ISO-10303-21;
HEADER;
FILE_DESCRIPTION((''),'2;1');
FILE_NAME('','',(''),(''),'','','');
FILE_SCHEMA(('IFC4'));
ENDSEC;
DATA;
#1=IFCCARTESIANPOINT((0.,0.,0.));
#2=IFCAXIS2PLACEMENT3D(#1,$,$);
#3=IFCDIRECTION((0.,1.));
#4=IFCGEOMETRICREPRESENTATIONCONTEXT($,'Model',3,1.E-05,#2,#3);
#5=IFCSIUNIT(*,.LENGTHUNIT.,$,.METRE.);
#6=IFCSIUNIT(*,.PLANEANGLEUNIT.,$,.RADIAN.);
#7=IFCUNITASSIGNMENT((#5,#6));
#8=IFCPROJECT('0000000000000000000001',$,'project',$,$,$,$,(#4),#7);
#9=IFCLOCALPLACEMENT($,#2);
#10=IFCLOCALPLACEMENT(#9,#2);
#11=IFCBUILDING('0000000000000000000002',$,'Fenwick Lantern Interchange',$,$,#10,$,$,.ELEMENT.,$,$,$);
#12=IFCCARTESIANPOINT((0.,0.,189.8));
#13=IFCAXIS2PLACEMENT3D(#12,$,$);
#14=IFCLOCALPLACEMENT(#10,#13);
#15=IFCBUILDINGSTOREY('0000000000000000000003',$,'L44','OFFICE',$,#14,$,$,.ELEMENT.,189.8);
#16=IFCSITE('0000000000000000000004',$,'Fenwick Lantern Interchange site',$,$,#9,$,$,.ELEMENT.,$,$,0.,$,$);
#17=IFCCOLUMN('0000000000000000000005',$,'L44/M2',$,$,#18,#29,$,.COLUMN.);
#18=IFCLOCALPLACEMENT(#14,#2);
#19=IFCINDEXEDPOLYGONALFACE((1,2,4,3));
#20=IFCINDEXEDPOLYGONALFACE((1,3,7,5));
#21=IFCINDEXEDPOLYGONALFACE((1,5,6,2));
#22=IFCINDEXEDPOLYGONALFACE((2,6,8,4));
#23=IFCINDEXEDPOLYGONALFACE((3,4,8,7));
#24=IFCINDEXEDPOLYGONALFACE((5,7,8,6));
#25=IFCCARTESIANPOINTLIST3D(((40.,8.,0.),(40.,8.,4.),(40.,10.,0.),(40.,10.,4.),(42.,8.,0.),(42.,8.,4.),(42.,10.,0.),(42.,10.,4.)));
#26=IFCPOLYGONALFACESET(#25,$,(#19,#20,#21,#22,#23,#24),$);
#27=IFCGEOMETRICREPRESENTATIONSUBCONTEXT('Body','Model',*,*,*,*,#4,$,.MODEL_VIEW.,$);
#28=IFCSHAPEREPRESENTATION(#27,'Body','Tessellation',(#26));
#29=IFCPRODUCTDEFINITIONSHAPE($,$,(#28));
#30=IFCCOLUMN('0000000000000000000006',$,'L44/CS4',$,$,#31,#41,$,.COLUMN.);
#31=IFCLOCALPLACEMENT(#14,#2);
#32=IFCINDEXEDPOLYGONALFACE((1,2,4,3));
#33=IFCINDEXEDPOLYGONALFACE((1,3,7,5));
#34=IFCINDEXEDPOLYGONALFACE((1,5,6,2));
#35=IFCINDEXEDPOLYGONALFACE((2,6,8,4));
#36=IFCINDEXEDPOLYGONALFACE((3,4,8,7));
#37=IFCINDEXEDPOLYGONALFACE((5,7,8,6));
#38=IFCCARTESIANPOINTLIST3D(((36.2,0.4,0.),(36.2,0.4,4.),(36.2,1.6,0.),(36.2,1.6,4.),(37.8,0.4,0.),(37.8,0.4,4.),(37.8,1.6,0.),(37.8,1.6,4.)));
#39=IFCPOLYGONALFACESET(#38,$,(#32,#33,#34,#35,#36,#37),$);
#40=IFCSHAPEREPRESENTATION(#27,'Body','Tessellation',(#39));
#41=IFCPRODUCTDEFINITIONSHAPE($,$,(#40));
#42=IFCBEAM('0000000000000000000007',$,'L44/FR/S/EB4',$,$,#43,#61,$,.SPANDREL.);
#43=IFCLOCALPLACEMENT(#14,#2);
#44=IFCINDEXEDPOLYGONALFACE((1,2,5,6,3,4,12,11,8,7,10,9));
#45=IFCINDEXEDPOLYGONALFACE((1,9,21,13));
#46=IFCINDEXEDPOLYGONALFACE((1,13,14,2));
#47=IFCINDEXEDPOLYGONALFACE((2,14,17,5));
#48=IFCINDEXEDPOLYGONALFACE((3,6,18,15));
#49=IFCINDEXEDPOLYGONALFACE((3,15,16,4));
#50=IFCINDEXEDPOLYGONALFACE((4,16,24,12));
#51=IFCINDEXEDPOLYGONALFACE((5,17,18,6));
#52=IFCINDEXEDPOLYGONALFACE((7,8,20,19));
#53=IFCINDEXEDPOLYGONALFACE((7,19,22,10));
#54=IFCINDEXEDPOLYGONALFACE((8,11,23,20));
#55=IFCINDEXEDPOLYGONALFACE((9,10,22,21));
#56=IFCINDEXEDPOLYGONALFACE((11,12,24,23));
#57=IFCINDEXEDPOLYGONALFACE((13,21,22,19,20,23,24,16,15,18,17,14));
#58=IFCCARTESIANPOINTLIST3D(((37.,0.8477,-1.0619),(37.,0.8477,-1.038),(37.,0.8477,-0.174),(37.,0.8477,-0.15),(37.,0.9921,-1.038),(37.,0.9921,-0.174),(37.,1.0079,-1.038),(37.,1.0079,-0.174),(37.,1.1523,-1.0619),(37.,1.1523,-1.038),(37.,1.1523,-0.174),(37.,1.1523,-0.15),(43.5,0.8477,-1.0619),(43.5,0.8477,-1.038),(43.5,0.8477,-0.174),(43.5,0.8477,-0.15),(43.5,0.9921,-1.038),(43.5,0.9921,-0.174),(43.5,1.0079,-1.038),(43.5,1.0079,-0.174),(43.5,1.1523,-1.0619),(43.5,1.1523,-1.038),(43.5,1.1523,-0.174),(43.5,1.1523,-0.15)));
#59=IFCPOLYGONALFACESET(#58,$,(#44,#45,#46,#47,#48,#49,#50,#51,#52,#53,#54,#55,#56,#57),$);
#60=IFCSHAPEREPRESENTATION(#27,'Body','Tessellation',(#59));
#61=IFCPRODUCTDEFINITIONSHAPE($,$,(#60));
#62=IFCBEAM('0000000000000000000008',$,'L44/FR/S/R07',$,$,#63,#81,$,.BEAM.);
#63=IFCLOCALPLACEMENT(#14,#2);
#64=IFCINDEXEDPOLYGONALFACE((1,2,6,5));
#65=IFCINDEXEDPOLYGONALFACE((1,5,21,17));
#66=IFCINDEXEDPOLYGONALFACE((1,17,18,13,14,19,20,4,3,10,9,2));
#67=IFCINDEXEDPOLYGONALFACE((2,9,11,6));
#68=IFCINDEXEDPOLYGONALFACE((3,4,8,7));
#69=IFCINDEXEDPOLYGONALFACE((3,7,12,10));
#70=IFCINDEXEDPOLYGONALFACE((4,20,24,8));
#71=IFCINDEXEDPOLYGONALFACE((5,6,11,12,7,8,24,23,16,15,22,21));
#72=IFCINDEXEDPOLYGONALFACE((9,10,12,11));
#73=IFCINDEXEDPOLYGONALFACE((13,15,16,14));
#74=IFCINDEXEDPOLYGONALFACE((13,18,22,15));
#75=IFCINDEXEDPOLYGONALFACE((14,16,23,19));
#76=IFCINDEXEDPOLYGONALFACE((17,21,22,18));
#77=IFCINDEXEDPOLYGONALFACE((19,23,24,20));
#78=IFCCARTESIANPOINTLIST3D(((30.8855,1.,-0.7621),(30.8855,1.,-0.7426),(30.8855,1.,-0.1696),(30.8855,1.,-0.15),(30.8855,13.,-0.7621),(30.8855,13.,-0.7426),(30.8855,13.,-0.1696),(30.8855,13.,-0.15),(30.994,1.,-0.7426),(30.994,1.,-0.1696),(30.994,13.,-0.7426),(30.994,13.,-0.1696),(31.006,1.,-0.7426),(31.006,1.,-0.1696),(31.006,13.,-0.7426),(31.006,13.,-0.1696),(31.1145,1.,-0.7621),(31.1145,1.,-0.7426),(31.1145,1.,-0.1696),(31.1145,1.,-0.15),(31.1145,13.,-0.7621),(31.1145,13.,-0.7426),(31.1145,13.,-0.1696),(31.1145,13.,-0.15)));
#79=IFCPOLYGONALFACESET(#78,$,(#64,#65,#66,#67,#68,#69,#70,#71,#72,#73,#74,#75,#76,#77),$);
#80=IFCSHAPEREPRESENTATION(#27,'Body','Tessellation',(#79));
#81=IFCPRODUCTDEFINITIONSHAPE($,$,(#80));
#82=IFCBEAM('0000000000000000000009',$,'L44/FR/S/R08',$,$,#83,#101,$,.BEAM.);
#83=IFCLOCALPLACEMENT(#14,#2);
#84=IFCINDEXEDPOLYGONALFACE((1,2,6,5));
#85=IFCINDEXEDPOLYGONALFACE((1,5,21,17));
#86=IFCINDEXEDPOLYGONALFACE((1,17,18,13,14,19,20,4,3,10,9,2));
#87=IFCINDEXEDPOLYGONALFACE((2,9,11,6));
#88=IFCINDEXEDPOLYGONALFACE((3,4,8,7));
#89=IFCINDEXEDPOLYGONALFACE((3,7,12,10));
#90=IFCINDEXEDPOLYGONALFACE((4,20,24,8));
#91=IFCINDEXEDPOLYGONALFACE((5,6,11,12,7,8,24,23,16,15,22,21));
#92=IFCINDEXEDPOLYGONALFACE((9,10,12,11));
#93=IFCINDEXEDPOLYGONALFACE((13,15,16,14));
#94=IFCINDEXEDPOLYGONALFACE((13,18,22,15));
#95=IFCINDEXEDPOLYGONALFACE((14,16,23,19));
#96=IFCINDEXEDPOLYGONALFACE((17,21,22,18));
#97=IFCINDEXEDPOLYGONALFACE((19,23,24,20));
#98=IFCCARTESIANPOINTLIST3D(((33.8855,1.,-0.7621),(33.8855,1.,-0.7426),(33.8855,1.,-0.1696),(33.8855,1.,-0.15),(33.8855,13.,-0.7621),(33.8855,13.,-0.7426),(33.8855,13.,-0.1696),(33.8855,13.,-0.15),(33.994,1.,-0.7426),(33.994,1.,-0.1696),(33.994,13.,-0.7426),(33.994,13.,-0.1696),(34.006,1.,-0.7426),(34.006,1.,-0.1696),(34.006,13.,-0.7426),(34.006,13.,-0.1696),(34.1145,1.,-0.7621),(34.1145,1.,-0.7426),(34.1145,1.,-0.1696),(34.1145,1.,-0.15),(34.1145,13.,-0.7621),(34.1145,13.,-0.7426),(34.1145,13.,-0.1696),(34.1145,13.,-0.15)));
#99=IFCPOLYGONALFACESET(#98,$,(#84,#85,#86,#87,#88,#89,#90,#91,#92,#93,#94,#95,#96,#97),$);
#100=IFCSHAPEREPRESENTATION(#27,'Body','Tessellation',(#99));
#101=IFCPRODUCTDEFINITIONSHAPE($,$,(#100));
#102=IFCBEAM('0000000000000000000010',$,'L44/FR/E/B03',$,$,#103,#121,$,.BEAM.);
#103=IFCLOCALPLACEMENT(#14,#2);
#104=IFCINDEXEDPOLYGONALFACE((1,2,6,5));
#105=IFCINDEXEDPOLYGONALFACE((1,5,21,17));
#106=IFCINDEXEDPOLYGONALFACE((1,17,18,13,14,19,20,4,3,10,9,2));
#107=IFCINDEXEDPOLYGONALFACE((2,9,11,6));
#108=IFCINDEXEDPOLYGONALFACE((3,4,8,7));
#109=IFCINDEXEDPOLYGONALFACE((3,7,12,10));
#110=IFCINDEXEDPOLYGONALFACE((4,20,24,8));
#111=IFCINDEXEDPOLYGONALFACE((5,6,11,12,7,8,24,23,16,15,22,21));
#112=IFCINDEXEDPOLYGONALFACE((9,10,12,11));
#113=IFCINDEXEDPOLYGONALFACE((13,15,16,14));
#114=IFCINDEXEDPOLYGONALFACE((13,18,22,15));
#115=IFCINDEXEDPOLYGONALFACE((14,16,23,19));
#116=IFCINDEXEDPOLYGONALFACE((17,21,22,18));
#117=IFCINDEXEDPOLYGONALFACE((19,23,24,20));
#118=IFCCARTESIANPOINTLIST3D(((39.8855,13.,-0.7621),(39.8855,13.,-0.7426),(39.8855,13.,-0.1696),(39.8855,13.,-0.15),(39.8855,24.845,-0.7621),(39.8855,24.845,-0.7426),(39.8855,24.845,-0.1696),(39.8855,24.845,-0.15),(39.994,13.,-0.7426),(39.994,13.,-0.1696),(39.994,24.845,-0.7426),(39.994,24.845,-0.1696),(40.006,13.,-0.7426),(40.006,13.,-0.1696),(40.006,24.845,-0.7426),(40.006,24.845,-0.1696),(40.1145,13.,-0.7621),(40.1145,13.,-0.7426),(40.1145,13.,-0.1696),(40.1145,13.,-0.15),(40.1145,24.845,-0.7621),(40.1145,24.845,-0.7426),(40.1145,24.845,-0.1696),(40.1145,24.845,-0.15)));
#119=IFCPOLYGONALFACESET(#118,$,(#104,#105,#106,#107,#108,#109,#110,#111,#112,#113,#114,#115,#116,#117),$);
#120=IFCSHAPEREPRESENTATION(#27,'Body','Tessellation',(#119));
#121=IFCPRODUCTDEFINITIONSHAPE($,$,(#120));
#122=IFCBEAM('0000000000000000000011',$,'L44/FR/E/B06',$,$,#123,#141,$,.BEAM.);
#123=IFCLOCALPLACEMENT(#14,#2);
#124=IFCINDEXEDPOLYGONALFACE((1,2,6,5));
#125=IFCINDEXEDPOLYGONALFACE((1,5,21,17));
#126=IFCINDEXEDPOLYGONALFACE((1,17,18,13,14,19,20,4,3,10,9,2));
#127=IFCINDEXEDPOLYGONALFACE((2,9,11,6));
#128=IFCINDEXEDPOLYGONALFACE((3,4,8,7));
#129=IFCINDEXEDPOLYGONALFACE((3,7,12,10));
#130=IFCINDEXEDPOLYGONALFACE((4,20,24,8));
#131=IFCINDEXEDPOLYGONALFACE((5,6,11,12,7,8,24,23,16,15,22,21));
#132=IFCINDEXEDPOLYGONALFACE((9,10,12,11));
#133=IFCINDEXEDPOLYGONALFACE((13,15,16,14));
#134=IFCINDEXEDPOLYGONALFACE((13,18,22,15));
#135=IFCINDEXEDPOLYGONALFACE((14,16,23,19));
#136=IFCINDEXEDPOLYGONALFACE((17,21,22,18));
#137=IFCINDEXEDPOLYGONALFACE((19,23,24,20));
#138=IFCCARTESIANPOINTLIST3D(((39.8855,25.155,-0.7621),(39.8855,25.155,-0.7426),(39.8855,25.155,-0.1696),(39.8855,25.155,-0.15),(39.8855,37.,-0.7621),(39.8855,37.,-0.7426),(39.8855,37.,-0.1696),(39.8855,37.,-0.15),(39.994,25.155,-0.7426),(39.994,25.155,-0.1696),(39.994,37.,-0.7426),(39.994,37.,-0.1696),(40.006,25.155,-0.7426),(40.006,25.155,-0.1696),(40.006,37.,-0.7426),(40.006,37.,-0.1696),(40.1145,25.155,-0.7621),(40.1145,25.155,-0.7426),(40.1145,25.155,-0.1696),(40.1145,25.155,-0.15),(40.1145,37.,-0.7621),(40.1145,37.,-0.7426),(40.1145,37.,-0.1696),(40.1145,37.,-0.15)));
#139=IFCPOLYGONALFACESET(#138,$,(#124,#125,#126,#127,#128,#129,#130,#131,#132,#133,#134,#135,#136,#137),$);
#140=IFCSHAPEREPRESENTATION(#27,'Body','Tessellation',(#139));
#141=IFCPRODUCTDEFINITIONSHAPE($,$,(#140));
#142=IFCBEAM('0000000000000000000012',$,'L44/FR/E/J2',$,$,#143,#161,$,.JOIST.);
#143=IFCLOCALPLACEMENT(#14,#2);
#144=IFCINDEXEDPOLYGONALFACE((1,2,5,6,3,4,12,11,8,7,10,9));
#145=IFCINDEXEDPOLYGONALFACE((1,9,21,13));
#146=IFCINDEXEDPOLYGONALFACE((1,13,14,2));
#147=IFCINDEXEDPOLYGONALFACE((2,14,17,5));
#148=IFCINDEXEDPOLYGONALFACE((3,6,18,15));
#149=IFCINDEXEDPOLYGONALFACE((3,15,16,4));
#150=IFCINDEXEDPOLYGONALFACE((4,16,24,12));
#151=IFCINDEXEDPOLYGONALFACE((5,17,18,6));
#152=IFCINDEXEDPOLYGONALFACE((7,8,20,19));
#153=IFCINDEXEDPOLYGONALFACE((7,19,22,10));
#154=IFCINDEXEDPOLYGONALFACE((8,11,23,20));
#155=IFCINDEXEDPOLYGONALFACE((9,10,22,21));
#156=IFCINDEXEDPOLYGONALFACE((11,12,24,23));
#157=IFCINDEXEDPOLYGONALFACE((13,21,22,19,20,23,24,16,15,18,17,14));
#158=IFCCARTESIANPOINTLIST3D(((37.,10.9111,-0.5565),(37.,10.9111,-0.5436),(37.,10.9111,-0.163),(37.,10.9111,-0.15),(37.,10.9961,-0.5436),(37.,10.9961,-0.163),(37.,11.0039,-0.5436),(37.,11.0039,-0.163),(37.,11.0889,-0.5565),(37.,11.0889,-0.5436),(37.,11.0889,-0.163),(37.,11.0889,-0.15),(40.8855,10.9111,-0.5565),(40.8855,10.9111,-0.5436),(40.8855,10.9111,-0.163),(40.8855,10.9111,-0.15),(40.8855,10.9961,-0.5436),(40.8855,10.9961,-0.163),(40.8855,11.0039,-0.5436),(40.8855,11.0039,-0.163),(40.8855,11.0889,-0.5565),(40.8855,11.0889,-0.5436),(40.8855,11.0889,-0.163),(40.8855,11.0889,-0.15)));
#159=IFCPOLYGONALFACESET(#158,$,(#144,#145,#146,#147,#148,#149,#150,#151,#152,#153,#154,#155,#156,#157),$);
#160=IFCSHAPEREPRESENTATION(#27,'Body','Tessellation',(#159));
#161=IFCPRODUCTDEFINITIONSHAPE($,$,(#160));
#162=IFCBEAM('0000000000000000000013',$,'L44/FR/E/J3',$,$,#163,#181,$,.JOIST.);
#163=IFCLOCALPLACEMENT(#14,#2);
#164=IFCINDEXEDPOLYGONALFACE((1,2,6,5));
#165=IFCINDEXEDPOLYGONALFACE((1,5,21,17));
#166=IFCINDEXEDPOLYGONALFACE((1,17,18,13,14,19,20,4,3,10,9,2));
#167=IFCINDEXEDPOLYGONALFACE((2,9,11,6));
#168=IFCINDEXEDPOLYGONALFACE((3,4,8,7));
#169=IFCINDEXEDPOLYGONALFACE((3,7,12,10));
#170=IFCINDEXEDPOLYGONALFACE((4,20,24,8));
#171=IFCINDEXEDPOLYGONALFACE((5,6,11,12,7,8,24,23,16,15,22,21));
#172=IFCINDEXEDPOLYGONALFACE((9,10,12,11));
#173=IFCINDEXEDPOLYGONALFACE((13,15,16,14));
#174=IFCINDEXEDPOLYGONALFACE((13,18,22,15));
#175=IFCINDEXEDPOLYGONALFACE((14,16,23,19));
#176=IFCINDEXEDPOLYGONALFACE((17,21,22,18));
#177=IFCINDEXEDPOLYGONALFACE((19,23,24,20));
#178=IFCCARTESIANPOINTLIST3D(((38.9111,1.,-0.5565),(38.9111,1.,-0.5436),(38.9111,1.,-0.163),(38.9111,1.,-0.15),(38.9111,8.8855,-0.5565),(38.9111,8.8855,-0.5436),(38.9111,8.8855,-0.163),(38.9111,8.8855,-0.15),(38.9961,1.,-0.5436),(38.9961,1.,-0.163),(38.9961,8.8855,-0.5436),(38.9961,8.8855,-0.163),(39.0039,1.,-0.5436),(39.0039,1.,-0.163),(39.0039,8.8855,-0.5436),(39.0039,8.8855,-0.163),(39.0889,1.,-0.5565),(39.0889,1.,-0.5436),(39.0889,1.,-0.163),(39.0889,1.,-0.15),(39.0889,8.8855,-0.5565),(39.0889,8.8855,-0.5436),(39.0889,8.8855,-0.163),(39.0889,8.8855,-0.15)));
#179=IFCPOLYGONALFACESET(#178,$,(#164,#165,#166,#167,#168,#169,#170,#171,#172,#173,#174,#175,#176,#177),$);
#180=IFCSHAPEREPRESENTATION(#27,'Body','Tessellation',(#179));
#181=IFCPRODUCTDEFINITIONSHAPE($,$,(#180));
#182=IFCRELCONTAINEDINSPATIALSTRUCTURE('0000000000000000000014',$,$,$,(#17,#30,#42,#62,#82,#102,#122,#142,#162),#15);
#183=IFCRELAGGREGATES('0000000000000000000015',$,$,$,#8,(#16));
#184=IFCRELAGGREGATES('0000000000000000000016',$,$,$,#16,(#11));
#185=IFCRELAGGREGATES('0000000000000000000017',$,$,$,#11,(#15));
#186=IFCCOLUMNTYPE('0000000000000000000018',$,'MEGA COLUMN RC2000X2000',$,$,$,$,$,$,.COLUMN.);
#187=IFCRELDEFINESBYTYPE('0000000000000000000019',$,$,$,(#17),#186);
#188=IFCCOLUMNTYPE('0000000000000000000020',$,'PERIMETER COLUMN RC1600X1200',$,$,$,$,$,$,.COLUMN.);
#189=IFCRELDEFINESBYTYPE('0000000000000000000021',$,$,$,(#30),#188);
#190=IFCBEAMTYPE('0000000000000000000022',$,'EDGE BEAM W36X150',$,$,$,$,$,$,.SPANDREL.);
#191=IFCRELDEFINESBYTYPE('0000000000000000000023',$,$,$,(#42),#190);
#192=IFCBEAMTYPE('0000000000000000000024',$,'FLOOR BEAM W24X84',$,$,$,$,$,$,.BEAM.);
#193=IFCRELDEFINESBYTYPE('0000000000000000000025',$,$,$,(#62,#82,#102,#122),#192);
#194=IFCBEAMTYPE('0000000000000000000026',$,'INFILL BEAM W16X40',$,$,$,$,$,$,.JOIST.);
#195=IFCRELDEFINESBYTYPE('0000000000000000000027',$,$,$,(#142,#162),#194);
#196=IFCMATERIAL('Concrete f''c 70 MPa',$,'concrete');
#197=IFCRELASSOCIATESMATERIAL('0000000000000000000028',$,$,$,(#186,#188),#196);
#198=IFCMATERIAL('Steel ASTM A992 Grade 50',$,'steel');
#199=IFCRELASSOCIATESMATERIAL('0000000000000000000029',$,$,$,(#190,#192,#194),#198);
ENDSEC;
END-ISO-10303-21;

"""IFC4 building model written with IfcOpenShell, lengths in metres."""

from ifc_helpers import new_model, si_unit, direction, frame, origin, origin_2d, place, context, subcontext, project, spatial, rectangle, i_section, extrude, material, material_profile, profile_set, type_object, element, save


model = new_model("IFC4")

# Units and contexts
model_context = context("Model", 3, precision=1e-05, world=origin(), true_north=direction((0.0, 1.0)))
body_context = subcontext(model_context, "Body", "Model", "MODEL_VIEW")
ifc_project = project(units=[si_unit("LENGTHUNIT", "METRE"), si_unit("PLANEANGLEUNIT", "RADIAN")], contexts=[model_context])

# Site, building, storey
site_placement = place(None, origin())
site = spatial("IfcSite", under=ifc_project, at=site_placement, Name="Fenwick Lantern Interchange site", CompositionType="ELEMENT", RefElevation=0.0)
building_placement = place(site_placement, origin())
building = spatial("IfcBuilding", under=site, at=building_placement, Name="Fenwick Lantern Interchange", CompositionType="ELEMENT")
storey_placement = place(building_placement, frame((0.0, 0.0, 189.8)))
storey = spatial("IfcBuildingStorey", under=building, at=storey_placement, Name="L44", Description="OFFICE", CompositionType="ELEMENT", Elevation=189.8)

# Columns
ifc_material_1 = material(Name="Concrete f'c 70 MPa", Category="concrete")
ifc_material_profile_1 = material_profile(ifc_material_1, rectangle(XDim=2.0, YDim=2.0, at=origin_2d()), Name="RC2000X2000")
ifc_profile_set_1 = profile_set([ifc_material_profile_1], Name="Concrete f'c 70 MPa")
column_type_1 = type_object("IfcColumnType", Name="MEGA COLUMN RC2000X2000", PredefinedType="COLUMN", material=ifc_profile_set_1)
column_1_placement = place(storey_placement, frame((41.0, 9.0, 0.0), z_axis=(0.0, 0.0, 1.0), x_axis=(1.0, 0.0, 0.0)))
element("IfcColumn", 1, at=column_1_placement, inside=storey, type_object=column_type_1, Name="L44/M2", PredefinedType="COLUMN", context=body_context, shape_type="SweptSolid", body=[
    extrude(rectangle(XDim=2.0, YDim=2.0, at=origin_2d()), origin(), (0.0, 0.0, 1.0), 4.0),
])
ifc_material_profile_2 = material_profile(ifc_material_1, rectangle(XDim=1.6001, YDim=1.2, at=origin_2d()), Name="RC1600X1200")
ifc_profile_set_2 = profile_set([ifc_material_profile_2], Name="Concrete f'c 70 MPa")
column_type_2 = type_object("IfcColumnType", Name="PERIMETER COLUMN RC1600X1200", PredefinedType="COLUMN", material=ifc_profile_set_2)
column_2_placement = place(storey_placement, frame((37.0, 1.0, 0.0), z_axis=(0.0, 0.0, 1.0), x_axis=(1.0, 0.0, 0.0)))
element("IfcColumn", 2, at=column_2_placement, inside=storey, type_object=column_type_2, Name="L44/CS4", PredefinedType="COLUMN", context=body_context, shape_type="SweptSolid", body=[
    extrude(rectangle(XDim=1.6001, YDim=1.2, at=origin_2d()), origin(), (0.0, 0.0, 1.0), 4.0),
])

# Beams
ifc_material_2 = material(Name="Steel ASTM A992 Grade 50", Category="steel")
ifc_material_profile_3 = material_profile(ifc_material_2, i_section(OverallWidth=0.3047, OverallDepth=0.9119, WebThickness=0.0159, FlangeThickness=0.0239, at=origin_2d()), Name="W36X150")
ifc_profile_set_3 = profile_set([ifc_material_profile_3], Name="Steel ASTM A992 Grade 50")
beam_type_1 = type_object("IfcBeamType", Name="EDGE BEAM W36X150", PredefinedType="SPANDREL", material=ifc_profile_set_3)
beam_1_placement = place(storey_placement, frame((37.0, 1.0, -0.606), z_axis=(1.0, 0.0, 0.0), x_axis=(0.0, 1.0, 0.0)))
element("IfcBeam", 3, at=beam_1_placement, inside=storey, type_object=beam_type_1, Name="L44/FR/S/EB4", PredefinedType="SPANDREL", context=body_context, shape_type="SweptSolid", body=[
    extrude(i_section(OverallWidth=0.3047, OverallDepth=0.9119, WebThickness=0.0159, FlangeThickness=0.0239, at=origin_2d()), origin(), (0.0, 0.0, 1.0), 6.5),
])
ifc_material_profile_4 = material_profile(ifc_material_2, i_section(OverallWidth=0.229, OverallDepth=0.6121, WebThickness=0.012, FlangeThickness=0.0195, at=origin_2d()), Name="W24X84")
ifc_profile_set_4 = profile_set([ifc_material_profile_4], Name="Steel ASTM A992 Grade 50")
beam_type_2 = type_object("IfcBeamType", Name="FLOOR BEAM W24X84", PredefinedType="BEAM", material=ifc_profile_set_4)
for number, where, z_axis, x_axis, name in (
    (4, (31.0, 1.0, -0.4561), (0.0, 1.0, 0.0), (-1.0, 0.0, 0.0), "L44/FR/S/R07"),
    (5, (34.0, 1.0, -0.4561), (0.0, 1.0, 0.0), (-1.0, 0.0, 0.0), "L44/FR/S/R08"),
):
    element("IfcBeam", number, at=place(storey_placement, frame(where, z_axis=z_axis, x_axis=x_axis)), inside=storey, type_object=beam_type_2, Name=name, PredefinedType="BEAM", context=body_context, shape_type="SweptSolid", body=[
        extrude(i_section(OverallWidth=0.229, OverallDepth=0.6121, WebThickness=0.012, FlangeThickness=0.0195, at=origin_2d()), origin(), (0.0, 0.0, 1.0), 12.0),
    ])
for number, where, z_axis, x_axis, name in (
    (6, (40.0, 13.0, -0.4561), (0.0, 1.0, 0.0), (-1.0, 0.0, 0.0), "L44/FR/E/B03"),
    (7, (40.0, 25.155, -0.4561), (0.0, 1.0, 0.0), (-1.0, 0.0, 0.0), "L44/FR/E/B06"),
):
    element("IfcBeam", number, at=place(storey_placement, frame(where, z_axis=z_axis, x_axis=x_axis)), inside=storey, type_object=beam_type_2, Name=name, PredefinedType="BEAM", context=body_context, shape_type="SweptSolid", body=[
        extrude(i_section(OverallWidth=0.229, OverallDepth=0.6121, WebThickness=0.012, FlangeThickness=0.0195, at=origin_2d()), origin(), (0.0, 0.0, 1.0), 11.845),
    ])
ifc_material_profile_5 = material_profile(ifc_material_2, i_section(OverallWidth=0.1777, OverallDepth=0.4065, WebThickness=0.0078, FlangeThickness=0.0129, at=origin_2d()), Name="W16X40")
ifc_profile_set_5 = profile_set([ifc_material_profile_5], Name="Steel ASTM A992 Grade 50")
beam_type_3 = type_object("IfcBeamType", Name="INFILL BEAM W16X40", PredefinedType="JOIST", material=ifc_profile_set_5)
beam_2_placement = place(storey_placement, frame((40.8855, 11.0, -0.3533), z_axis=(-1.0, 0.0, 0.0), x_axis=(0.0, -1.0, 0.0)))
element("IfcBeam", 8, at=beam_2_placement, inside=storey, type_object=beam_type_3, Name="L44/FR/E/J2", PredefinedType="JOIST", context=body_context, shape_type="SweptSolid", body=[
    extrude(i_section(OverallWidth=0.1777, OverallDepth=0.4065, WebThickness=0.0078, FlangeThickness=0.0129, at=origin_2d()), origin(), (0.0, 0.0, 1.0), 3.8855),
])
beam_3_placement = place(storey_placement, frame((39.0, 1.0, -0.3533), z_axis=(0.0, 1.0, 0.0), x_axis=(-1.0, 0.0, 0.0)))
element("IfcBeam", 9, at=beam_3_placement, inside=storey, type_object=beam_type_3, Name="L44/FR/E/J3", PredefinedType="JOIST", context=body_context, shape_type="SweptSolid", body=[
    extrude(i_section(OverallWidth=0.1777, OverallDepth=0.4065, WebThickness=0.0078, FlangeThickness=0.0129, at=origin_2d()), origin(), (0.0, 0.0, 1.0), 7.8855),
])

save(model, "model.ifc")
